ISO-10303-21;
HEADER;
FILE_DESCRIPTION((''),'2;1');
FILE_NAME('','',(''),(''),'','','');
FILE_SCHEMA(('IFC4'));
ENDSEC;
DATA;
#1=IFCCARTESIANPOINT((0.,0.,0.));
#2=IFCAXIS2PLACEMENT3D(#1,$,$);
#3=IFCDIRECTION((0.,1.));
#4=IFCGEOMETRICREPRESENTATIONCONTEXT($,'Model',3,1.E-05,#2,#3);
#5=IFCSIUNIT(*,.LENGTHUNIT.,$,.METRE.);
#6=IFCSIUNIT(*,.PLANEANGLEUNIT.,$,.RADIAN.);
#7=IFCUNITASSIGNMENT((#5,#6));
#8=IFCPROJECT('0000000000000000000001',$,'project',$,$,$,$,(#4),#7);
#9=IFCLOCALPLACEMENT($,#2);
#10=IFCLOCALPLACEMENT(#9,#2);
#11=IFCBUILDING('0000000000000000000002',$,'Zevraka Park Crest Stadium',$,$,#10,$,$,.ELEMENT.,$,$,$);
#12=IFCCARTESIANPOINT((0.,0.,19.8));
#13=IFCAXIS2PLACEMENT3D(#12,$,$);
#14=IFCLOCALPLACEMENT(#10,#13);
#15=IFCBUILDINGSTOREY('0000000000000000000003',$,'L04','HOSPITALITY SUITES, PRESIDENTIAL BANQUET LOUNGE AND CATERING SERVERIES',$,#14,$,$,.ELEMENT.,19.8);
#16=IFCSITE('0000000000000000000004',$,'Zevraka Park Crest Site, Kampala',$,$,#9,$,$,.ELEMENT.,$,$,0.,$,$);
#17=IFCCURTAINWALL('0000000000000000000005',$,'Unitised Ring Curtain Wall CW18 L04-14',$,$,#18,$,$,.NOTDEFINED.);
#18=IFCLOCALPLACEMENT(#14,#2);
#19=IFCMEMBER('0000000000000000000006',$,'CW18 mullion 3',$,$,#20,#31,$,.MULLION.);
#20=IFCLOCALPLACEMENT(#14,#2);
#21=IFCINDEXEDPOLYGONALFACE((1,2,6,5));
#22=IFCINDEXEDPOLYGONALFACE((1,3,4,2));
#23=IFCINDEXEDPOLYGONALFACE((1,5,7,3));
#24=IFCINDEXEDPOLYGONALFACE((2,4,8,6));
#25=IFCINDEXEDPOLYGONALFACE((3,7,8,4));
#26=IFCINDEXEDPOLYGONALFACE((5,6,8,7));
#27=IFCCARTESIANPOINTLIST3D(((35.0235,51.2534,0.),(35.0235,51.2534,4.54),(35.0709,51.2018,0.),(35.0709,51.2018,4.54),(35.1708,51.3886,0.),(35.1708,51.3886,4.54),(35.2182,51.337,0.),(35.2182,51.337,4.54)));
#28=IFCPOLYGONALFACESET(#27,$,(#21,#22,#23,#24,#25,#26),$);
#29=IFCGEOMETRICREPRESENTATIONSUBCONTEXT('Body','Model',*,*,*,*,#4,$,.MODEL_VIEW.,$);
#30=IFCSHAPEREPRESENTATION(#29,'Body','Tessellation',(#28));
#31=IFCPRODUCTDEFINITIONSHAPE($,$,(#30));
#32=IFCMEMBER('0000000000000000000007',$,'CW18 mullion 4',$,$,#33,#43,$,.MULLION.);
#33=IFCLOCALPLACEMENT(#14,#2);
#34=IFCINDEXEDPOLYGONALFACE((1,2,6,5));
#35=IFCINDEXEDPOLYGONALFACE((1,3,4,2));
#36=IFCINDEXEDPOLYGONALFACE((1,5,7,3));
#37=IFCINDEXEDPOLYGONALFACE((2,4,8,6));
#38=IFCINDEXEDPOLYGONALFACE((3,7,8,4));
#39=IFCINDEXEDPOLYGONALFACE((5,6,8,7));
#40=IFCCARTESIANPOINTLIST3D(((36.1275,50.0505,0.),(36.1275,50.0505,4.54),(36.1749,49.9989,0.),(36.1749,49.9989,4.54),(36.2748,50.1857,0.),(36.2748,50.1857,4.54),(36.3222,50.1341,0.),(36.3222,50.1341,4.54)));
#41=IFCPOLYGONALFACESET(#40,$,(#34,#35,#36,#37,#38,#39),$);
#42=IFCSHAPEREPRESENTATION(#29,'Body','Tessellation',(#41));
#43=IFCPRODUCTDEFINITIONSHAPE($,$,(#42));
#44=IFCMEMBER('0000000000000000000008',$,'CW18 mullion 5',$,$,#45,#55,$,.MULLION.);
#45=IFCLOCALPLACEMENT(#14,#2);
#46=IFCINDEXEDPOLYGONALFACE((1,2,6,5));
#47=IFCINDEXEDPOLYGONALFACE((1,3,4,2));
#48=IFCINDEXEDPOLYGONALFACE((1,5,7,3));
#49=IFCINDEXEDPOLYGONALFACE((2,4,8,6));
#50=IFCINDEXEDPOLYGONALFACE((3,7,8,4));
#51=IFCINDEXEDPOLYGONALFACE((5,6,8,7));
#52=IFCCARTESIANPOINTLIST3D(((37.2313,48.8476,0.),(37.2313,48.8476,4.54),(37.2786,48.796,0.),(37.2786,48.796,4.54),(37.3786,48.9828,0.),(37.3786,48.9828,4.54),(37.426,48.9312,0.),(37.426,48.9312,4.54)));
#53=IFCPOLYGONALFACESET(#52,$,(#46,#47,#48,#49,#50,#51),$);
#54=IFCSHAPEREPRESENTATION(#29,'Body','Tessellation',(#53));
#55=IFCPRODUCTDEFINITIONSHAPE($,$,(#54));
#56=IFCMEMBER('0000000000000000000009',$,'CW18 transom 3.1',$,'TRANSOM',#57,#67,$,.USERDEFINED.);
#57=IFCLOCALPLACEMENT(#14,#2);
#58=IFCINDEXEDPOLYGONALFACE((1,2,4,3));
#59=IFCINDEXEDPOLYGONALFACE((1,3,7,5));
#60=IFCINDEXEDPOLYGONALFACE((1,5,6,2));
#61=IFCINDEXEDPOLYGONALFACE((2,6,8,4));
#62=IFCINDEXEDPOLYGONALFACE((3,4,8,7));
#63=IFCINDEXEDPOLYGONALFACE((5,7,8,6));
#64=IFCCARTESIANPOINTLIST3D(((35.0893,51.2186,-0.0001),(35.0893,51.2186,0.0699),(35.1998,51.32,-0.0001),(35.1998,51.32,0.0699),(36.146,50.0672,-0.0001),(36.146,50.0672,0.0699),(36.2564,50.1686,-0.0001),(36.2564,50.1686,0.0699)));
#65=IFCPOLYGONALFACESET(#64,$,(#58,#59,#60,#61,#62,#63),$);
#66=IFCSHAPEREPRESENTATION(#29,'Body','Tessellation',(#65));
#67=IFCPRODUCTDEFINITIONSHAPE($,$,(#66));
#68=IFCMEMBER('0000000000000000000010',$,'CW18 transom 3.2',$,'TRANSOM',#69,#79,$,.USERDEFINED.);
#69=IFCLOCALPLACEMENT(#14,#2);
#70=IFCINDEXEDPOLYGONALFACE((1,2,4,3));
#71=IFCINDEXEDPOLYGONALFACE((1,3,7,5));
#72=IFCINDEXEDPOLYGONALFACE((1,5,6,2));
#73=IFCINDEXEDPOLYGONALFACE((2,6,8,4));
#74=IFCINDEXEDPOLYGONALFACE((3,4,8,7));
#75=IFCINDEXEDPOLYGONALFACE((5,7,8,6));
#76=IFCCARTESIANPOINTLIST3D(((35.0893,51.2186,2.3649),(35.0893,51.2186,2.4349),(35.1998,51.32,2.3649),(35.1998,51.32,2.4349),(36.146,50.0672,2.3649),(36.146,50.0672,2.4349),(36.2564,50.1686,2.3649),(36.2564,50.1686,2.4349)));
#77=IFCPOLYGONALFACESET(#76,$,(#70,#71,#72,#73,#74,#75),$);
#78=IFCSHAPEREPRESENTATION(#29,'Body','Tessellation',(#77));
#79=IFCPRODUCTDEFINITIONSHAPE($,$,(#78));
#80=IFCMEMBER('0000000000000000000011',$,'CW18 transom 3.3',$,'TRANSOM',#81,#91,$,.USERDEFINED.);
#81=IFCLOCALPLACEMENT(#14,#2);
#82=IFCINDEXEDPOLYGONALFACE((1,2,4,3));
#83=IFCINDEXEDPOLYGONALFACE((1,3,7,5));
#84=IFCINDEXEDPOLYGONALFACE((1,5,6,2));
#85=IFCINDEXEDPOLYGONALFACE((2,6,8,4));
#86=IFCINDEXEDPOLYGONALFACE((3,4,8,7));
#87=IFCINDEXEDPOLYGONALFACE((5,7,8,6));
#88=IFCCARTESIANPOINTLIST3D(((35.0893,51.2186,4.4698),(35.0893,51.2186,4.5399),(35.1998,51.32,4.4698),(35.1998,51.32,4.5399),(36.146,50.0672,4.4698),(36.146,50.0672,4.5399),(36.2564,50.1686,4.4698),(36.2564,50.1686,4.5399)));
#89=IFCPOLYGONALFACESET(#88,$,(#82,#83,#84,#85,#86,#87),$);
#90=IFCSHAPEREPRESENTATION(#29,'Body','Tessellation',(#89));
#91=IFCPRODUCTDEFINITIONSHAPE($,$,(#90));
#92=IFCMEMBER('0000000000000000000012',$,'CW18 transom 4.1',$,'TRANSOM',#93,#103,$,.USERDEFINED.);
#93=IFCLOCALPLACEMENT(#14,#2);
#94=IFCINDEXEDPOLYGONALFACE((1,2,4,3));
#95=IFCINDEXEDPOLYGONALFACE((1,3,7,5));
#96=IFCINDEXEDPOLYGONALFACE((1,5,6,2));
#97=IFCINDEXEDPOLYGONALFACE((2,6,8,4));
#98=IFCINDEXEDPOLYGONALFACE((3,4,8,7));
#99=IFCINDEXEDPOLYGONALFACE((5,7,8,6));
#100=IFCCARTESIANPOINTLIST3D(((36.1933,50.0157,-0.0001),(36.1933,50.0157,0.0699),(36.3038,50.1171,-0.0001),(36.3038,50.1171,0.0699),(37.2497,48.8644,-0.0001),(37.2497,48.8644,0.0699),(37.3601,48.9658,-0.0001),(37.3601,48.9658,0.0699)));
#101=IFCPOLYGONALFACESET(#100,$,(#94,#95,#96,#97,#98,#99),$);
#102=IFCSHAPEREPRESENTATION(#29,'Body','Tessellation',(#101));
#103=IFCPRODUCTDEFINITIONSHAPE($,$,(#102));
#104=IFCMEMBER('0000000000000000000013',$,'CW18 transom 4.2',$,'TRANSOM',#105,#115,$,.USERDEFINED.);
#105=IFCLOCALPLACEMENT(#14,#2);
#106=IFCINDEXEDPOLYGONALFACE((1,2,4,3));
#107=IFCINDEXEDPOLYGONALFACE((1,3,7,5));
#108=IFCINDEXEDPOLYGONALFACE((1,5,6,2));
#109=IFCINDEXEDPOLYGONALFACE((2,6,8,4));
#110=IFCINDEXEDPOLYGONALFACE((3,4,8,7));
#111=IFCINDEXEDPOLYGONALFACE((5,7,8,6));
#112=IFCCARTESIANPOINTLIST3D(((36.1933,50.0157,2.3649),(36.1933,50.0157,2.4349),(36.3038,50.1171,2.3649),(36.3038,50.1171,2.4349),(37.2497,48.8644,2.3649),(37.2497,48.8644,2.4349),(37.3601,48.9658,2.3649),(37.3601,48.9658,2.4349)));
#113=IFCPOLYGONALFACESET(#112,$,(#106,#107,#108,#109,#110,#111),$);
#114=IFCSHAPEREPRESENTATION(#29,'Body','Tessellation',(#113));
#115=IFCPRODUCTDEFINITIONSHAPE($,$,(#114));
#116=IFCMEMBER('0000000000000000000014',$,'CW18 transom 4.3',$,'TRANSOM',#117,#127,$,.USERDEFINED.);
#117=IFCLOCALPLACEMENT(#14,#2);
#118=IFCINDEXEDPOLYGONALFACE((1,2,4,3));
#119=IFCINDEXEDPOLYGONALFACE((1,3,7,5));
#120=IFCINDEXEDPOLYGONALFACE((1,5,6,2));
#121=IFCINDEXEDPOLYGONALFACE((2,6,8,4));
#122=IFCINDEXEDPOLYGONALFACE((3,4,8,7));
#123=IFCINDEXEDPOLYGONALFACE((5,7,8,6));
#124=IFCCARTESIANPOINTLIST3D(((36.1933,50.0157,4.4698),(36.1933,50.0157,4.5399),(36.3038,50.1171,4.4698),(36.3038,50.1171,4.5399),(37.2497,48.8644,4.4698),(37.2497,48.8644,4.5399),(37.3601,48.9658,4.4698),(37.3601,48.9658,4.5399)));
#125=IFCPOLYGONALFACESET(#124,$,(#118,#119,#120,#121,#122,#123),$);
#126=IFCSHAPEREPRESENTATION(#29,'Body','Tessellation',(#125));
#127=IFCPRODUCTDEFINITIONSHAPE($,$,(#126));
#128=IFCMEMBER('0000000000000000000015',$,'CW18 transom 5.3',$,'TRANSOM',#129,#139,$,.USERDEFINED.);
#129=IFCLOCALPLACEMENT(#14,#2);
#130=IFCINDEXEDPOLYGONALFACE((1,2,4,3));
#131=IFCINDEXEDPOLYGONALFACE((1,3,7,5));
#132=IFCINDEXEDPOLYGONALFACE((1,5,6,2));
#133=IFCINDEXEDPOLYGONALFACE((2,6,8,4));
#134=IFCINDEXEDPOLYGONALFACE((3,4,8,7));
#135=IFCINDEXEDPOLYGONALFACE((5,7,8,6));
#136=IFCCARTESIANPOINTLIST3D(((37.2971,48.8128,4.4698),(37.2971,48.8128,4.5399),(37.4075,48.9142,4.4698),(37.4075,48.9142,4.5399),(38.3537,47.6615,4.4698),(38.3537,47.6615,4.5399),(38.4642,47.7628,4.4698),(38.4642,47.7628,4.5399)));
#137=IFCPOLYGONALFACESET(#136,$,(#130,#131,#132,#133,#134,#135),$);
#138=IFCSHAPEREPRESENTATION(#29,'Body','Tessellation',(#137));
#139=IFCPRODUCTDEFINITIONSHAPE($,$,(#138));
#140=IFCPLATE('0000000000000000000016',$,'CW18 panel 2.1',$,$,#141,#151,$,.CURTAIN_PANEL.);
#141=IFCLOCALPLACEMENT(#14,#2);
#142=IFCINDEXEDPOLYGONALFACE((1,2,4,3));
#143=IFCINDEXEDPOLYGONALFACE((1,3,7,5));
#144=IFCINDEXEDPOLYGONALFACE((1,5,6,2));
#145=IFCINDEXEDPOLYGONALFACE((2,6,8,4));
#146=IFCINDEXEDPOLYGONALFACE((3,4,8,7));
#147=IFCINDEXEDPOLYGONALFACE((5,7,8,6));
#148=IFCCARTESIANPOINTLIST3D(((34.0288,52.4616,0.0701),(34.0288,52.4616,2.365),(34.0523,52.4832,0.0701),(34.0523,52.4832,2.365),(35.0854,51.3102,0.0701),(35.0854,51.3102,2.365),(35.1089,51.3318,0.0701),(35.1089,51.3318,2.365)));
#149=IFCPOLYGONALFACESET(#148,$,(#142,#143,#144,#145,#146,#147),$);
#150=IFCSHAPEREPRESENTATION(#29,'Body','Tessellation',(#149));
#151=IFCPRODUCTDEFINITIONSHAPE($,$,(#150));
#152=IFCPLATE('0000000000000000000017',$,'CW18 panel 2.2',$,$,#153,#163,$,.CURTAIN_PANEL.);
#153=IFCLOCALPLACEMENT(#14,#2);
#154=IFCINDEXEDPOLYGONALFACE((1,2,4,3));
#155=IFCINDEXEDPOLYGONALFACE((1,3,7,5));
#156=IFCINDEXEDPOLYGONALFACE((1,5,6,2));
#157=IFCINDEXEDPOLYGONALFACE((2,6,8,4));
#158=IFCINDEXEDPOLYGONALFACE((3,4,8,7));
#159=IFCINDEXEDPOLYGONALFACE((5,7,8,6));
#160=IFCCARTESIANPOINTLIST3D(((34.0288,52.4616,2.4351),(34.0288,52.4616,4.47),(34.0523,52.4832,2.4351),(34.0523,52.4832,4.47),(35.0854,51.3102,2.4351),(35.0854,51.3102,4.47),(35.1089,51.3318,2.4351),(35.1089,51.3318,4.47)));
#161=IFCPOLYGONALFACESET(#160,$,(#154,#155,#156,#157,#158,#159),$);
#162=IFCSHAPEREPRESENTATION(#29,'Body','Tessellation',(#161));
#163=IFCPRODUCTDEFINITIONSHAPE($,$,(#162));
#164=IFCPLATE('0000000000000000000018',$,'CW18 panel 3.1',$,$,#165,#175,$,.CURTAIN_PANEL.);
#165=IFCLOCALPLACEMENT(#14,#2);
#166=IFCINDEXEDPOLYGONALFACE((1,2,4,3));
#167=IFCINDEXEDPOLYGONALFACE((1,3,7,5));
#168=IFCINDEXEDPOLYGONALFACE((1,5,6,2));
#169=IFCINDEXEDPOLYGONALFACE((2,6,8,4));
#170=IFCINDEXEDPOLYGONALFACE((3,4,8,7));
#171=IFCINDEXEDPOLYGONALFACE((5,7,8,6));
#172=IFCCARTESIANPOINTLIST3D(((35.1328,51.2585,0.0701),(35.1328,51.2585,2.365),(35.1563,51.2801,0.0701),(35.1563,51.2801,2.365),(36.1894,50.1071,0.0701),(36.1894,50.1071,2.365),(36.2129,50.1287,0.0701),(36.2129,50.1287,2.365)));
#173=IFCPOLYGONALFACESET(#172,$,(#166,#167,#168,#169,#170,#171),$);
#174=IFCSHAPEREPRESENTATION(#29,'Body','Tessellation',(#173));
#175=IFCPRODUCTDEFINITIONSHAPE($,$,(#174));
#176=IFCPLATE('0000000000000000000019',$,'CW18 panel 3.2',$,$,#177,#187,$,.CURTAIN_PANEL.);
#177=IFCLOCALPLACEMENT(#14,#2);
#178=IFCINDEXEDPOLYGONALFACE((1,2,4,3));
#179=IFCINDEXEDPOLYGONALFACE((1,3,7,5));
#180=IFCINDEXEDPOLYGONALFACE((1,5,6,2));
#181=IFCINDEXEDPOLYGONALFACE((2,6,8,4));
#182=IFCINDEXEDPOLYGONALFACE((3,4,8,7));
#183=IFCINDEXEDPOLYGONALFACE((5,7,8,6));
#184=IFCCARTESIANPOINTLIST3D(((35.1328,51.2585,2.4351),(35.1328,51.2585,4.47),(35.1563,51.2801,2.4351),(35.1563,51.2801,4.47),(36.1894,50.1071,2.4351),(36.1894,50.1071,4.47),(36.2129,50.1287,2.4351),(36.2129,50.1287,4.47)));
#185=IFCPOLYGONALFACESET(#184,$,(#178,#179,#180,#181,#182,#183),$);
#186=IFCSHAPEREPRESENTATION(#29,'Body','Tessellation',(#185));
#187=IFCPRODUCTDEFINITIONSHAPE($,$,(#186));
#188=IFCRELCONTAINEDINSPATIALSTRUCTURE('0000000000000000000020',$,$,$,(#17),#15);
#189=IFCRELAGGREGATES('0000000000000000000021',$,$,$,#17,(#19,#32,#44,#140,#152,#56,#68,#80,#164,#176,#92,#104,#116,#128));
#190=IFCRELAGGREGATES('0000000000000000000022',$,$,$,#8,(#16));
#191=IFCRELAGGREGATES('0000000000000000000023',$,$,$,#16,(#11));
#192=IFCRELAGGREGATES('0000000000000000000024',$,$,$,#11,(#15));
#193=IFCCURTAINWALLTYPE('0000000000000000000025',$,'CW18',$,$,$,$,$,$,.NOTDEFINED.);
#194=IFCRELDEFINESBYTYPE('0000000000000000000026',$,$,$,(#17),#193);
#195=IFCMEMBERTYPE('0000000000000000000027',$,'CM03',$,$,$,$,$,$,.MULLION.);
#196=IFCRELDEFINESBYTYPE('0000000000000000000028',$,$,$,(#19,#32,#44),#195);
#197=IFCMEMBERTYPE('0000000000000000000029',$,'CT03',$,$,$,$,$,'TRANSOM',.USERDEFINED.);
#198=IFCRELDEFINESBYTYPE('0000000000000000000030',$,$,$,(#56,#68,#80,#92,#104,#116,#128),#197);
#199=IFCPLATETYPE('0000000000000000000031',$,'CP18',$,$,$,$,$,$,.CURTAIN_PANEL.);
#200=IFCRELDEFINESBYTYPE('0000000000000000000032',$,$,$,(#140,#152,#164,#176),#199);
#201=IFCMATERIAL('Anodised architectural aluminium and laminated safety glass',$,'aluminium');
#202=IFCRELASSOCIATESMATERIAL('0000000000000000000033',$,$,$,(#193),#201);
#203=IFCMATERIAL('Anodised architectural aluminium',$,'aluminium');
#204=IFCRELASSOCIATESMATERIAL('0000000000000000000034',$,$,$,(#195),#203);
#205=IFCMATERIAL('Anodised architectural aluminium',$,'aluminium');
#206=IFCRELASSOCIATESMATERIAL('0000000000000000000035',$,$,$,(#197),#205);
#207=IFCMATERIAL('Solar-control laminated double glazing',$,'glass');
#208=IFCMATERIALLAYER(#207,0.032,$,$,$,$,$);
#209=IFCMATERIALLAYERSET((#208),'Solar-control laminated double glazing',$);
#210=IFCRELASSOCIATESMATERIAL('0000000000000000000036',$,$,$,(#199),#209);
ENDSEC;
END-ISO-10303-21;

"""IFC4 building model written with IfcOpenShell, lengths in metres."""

from ifc_helpers import new_model, si_unit, direction, frame, origin, origin_2d, place, context, subcontext, project, spatial, rectangle, extrude, material, layer, layer_set, material_profile, profile_set, type_object, element, aggregate, save


model = new_model("IFC4")

# Units and contexts
model_context = context("Model", 3, precision=1e-05, world=origin(), true_north=direction((0.0, 1.0)))
body_context = subcontext(model_context, "Body", "Model", "MODEL_VIEW")
ifc_project = project(units=[si_unit("LENGTHUNIT", "METRE"), si_unit("PLANEANGLEUNIT", "RADIAN")], contexts=[model_context])

# Site, building, storey
site_placement = place(None, origin())
site = spatial("IfcSite", under=ifc_project, at=site_placement, Name="Zevraka Park Crest Site, Kampala", CompositionType="ELEMENT", RefElevation=0.0)
building_placement = place(site_placement, origin())
building = spatial("IfcBuilding", under=site, at=building_placement, Name="Zevraka Park Crest Stadium", CompositionType="ELEMENT")
storey_placement = place(building_placement, frame((0.0, 0.0, 19.8)))
storey = spatial("IfcBuildingStorey", under=building, at=storey_placement, Name="L04", Description="HOSPITALITY SUITES, PRESIDENTIAL BANQUET LOUNGE AND CATERING SERVERIES", CompositionType="ELEMENT", Elevation=19.8)

# Curtain wall, members, plates
ifc_material_1 = material(Name="Anodised architectural aluminium and laminated safety glass", Category="aluminium")
curtain_wall_type = type_object("IfcCurtainWallType", Name="CW18", PredefinedType="NOTDEFINED", material=ifc_material_1)
curtain_wall_placement = place(storey_placement, origin())
curtain_wall = element("IfcCurtainWall", 1, at=curtain_wall_placement, inside=storey, type_object=curtain_wall_type, Name="Unitised Ring Curtain Wall CW18 L04-14", PredefinedType="NOTDEFINED")
ifc_material_2 = material(Name="Anodised architectural aluminium", Category="aluminium")
ifc_material_profile_1 = material_profile(ifc_material_2, rectangle(XDim=0.2, YDim=0.0701, at=origin_2d()), Name="ALU MULLION 200x70")
ifc_profile_set_1 = profile_set([ifc_material_profile_1], Name="Anodised architectural aluminium")
member_type_1 = type_object("IfcMemberType", Name="CM03", PredefinedType="MULLION", material=ifc_profile_set_1)
member_1_placement = place(storey_placement, frame((35.1208, 51.2952, 0.0), z_axis=(0.0, 0.0, 1.0), x_axis=(0.736775, 0.676138, 0.0)))
member_1 = element("IfcMember", 2, at=member_1_placement, type_object=member_type_1, Name="CW18 mullion 3", PredefinedType="MULLION", context=body_context, shape_type="SweptSolid", body=[
    extrude(rectangle(XDim=0.2, YDim=0.0701, at=origin_2d()), origin(), (0.0, 0.0, 1.0), 4.54),
])
member_2_placement = place(storey_placement, frame((36.2249, 50.0923, 0.0), z_axis=(0.0, 0.0, 1.0), x_axis=(0.736775, 0.676138, 0.0)))
member_2 = element("IfcMember", 3, at=member_2_placement, type_object=member_type_1, Name="CW18 mullion 4", PredefinedType="MULLION", context=body_context, shape_type="SweptSolid", body=[
    extrude(rectangle(XDim=0.2, YDim=0.0701, at=origin_2d()), origin(), (0.0, 0.0, 1.0), 4.54),
])
member_3_placement = place(storey_placement, frame((37.3286, 48.8894, 0.0), z_axis=(0.0, 0.0, 1.0), x_axis=(0.736775, 0.676138, 0.0)))
member_3 = element("IfcMember", 4, at=member_3_placement, type_object=member_type_1, Name="CW18 mullion 5", PredefinedType="MULLION", context=body_context, shape_type="SweptSolid", body=[
    extrude(rectangle(XDim=0.2, YDim=0.0701, at=origin_2d()), origin(), (0.0, 0.0, 1.0), 4.54),
])
ifc_material_3 = material(Name="Anodised architectural aluminium", Category="aluminium")
ifc_material_profile_2 = material_profile(ifc_material_3, rectangle(XDim=0.1499, YDim=0.0701, at=origin_2d()), Name="ALU TRANSOM 150x70")
ifc_profile_set_2 = profile_set([ifc_material_profile_2], Name="Anodised architectural aluminium")
member_type_2 = type_object("IfcMemberType", Name="CT03", ElementType="TRANSOM", PredefinedType="USERDEFINED", material=ifc_profile_set_2)
member_4_placement = place(storey_placement, frame((35.1445, 51.2693, 0.0349), z_axis=(0.676149, -0.736765, 0.0), x_axis=(0.736765, 0.676149, 0.0)))
member_4 = element("IfcMember", 5, at=member_4_placement, type_object=member_type_2, Name="CW18 transom 3.1", ObjectType="TRANSOM", PredefinedType="USERDEFINED", context=body_context, shape_type="SweptSolid", body=[
    extrude(rectangle(XDim=0.1499, YDim=0.0701, at=origin_2d()), origin(), (0.0, 0.0, 1.0), 1.5627),
])
member_5_placement = place(storey_placement, frame((35.1445, 51.2693, 2.3999), z_axis=(0.676149, -0.736765, 0.0), x_axis=(0.736765, 0.676149, 0.0)))
member_5 = element("IfcMember", 6, at=member_5_placement, type_object=member_type_2, Name="CW18 transom 3.2", ObjectType="TRANSOM", PredefinedType="USERDEFINED", context=body_context, shape_type="SweptSolid", body=[
    extrude(rectangle(XDim=0.1499, YDim=0.0701, at=origin_2d()), origin(), (0.0, 0.0, 1.0), 1.5627),
])
member_6_placement = place(storey_placement, frame((35.1445, 51.2693, 4.5049), z_axis=(0.676149, -0.736765, 0.0), x_axis=(0.736765, 0.676149, 0.0)))
member_6 = element("IfcMember", 7, at=member_6_placement, type_object=member_type_2, Name="CW18 transom 3.3", ObjectType="TRANSOM", PredefinedType="USERDEFINED", context=body_context, shape_type="SweptSolid", body=[
    extrude(rectangle(XDim=0.1499, YDim=0.0701, at=origin_2d()), origin(), (0.0, 0.0, 1.0), 1.5627),
])
member_7_placement = place(storey_placement, frame((36.2485, 50.0664, 0.0349), z_axis=(0.676064, -0.736843, 0.0), x_axis=(0.736843, 0.676064, 0.0)))
member_7 = element("IfcMember", 8, at=member_7_placement, type_object=member_type_2, Name="CW18 transom 4.1", ObjectType="TRANSOM", PredefinedType="USERDEFINED", context=body_context, shape_type="SweptSolid", body=[
    extrude(rectangle(XDim=0.1499, YDim=0.0701, at=origin_2d()), origin(), (0.0, 0.0, 1.0), 1.5625),
])
member_8_placement = place(storey_placement, frame((36.2485, 50.0664, 2.3999), z_axis=(0.676064, -0.736843, 0.0), x_axis=(0.736843, 0.676064, 0.0)))
member_8 = element("IfcMember", 9, at=member_8_placement, type_object=member_type_2, Name="CW18 transom 4.2", ObjectType="TRANSOM", PredefinedType="USERDEFINED", context=body_context, shape_type="SweptSolid", body=[
    extrude(rectangle(XDim=0.1499, YDim=0.0701, at=origin_2d()), origin(), (0.0, 0.0, 1.0), 1.5625),
])
member_9_placement = place(storey_placement, frame((36.2485, 50.0664, 4.5049), z_axis=(0.676064, -0.736843, 0.0), x_axis=(0.736843, 0.676064, 0.0)))
member_9 = element("IfcMember", 10, at=member_9_placement, type_object=member_type_2, Name="CW18 transom 4.3", ObjectType="TRANSOM", PredefinedType="USERDEFINED", context=body_context, shape_type="SweptSolid", body=[
    extrude(rectangle(XDim=0.1499, YDim=0.0701, at=origin_2d()), origin(), (0.0, 0.0, 1.0), 1.5625),
])
member_10_placement = place(storey_placement, frame((37.3523, 48.8635, 4.5049), z_axis=(0.676149, -0.736765, 0.0), x_axis=(0.736765, 0.676149, 0.0)))
member_10 = element("IfcMember", 11, at=member_10_placement, type_object=member_type_2, Name="CW18 transom 5.3", ObjectType="TRANSOM", PredefinedType="USERDEFINED", context=body_context, shape_type="SweptSolid", body=[
    extrude(rectangle(XDim=0.1499, YDim=0.0701, at=origin_2d()), origin(), (0.0, 0.0, 1.0), 1.5627),
])
ifc_material_4 = material(Name="Solar-control laminated double glazing", Category="glass")
ifc_layer_1 = layer(ifc_material_4, 0.032)
ifc_layer_set_1 = layer_set([ifc_layer_1], Name="Solar-control laminated double glazing")
plate_type = type_object("IfcPlateType", Name="CP18", PredefinedType="CURTAIN_PANEL", material=ifc_layer_set_1)
plate_1_placement = place(storey_placement, frame((34.5688, 51.8967, 0.0701), z_axis=(0.0, 0.0, 1.0), x_axis=(0.676138, -0.736775, 0.0)))
plate_1 = element("IfcPlate", 12, at=plate_1_placement, type_object=plate_type, Name="CW18 panel 2.1", PredefinedType="CURTAIN_PANEL", context=body_context, shape_type="SweptSolid", body=[
    extrude(rectangle(XDim=1.5627, YDim=0.032, at=origin_2d()), origin(), (0.0, 0.0, 1.0), 2.2949),
])
plate_2_placement = place(storey_placement, frame((34.5688, 51.8967, 2.4351), z_axis=(0.0, 0.0, 1.0), x_axis=(0.676138, -0.736775, 0.0)))
plate_2 = element("IfcPlate", 13, at=plate_2_placement, type_object=plate_type, Name="CW18 panel 2.2", PredefinedType="CURTAIN_PANEL", context=body_context, shape_type="SweptSolid", body=[
    extrude(rectangle(XDim=1.5627, YDim=0.032, at=origin_2d()), origin(), (0.0, 0.0, 1.0), 2.0349),
])
plate_3_placement = place(storey_placement, frame((35.6729, 50.6936, 0.0701), z_axis=(0.0, 0.0, 1.0), x_axis=(0.676138, -0.736775, 0.0)))
plate_3 = element("IfcPlate", 14, at=plate_3_placement, type_object=plate_type, Name="CW18 panel 3.1", PredefinedType="CURTAIN_PANEL", context=body_context, shape_type="SweptSolid", body=[
    extrude(rectangle(XDim=1.5627, YDim=0.032, at=origin_2d()), origin(), (0.0, 0.0, 1.0), 2.2949),
])
plate_4_placement = place(storey_placement, frame((35.6729, 50.6936, 2.4351), z_axis=(0.0, 0.0, 1.0), x_axis=(0.676138, -0.736775, 0.0)))
plate_4 = element("IfcPlate", 15, at=plate_4_placement, type_object=plate_type, Name="CW18 panel 3.2", PredefinedType="CURTAIN_PANEL", context=body_context, shape_type="SweptSolid", body=[
    extrude(rectangle(XDim=1.5627, YDim=0.032, at=origin_2d()), origin(), (0.0, 0.0, 1.0), 2.0349),
])
aggregate(curtain_wall, [member_1, member_2, member_3, plate_1, plate_2, member_4, member_5, member_6, plate_3, plate_4, member_7, member_8, member_9, member_10])

save(model, "model.ifc")
